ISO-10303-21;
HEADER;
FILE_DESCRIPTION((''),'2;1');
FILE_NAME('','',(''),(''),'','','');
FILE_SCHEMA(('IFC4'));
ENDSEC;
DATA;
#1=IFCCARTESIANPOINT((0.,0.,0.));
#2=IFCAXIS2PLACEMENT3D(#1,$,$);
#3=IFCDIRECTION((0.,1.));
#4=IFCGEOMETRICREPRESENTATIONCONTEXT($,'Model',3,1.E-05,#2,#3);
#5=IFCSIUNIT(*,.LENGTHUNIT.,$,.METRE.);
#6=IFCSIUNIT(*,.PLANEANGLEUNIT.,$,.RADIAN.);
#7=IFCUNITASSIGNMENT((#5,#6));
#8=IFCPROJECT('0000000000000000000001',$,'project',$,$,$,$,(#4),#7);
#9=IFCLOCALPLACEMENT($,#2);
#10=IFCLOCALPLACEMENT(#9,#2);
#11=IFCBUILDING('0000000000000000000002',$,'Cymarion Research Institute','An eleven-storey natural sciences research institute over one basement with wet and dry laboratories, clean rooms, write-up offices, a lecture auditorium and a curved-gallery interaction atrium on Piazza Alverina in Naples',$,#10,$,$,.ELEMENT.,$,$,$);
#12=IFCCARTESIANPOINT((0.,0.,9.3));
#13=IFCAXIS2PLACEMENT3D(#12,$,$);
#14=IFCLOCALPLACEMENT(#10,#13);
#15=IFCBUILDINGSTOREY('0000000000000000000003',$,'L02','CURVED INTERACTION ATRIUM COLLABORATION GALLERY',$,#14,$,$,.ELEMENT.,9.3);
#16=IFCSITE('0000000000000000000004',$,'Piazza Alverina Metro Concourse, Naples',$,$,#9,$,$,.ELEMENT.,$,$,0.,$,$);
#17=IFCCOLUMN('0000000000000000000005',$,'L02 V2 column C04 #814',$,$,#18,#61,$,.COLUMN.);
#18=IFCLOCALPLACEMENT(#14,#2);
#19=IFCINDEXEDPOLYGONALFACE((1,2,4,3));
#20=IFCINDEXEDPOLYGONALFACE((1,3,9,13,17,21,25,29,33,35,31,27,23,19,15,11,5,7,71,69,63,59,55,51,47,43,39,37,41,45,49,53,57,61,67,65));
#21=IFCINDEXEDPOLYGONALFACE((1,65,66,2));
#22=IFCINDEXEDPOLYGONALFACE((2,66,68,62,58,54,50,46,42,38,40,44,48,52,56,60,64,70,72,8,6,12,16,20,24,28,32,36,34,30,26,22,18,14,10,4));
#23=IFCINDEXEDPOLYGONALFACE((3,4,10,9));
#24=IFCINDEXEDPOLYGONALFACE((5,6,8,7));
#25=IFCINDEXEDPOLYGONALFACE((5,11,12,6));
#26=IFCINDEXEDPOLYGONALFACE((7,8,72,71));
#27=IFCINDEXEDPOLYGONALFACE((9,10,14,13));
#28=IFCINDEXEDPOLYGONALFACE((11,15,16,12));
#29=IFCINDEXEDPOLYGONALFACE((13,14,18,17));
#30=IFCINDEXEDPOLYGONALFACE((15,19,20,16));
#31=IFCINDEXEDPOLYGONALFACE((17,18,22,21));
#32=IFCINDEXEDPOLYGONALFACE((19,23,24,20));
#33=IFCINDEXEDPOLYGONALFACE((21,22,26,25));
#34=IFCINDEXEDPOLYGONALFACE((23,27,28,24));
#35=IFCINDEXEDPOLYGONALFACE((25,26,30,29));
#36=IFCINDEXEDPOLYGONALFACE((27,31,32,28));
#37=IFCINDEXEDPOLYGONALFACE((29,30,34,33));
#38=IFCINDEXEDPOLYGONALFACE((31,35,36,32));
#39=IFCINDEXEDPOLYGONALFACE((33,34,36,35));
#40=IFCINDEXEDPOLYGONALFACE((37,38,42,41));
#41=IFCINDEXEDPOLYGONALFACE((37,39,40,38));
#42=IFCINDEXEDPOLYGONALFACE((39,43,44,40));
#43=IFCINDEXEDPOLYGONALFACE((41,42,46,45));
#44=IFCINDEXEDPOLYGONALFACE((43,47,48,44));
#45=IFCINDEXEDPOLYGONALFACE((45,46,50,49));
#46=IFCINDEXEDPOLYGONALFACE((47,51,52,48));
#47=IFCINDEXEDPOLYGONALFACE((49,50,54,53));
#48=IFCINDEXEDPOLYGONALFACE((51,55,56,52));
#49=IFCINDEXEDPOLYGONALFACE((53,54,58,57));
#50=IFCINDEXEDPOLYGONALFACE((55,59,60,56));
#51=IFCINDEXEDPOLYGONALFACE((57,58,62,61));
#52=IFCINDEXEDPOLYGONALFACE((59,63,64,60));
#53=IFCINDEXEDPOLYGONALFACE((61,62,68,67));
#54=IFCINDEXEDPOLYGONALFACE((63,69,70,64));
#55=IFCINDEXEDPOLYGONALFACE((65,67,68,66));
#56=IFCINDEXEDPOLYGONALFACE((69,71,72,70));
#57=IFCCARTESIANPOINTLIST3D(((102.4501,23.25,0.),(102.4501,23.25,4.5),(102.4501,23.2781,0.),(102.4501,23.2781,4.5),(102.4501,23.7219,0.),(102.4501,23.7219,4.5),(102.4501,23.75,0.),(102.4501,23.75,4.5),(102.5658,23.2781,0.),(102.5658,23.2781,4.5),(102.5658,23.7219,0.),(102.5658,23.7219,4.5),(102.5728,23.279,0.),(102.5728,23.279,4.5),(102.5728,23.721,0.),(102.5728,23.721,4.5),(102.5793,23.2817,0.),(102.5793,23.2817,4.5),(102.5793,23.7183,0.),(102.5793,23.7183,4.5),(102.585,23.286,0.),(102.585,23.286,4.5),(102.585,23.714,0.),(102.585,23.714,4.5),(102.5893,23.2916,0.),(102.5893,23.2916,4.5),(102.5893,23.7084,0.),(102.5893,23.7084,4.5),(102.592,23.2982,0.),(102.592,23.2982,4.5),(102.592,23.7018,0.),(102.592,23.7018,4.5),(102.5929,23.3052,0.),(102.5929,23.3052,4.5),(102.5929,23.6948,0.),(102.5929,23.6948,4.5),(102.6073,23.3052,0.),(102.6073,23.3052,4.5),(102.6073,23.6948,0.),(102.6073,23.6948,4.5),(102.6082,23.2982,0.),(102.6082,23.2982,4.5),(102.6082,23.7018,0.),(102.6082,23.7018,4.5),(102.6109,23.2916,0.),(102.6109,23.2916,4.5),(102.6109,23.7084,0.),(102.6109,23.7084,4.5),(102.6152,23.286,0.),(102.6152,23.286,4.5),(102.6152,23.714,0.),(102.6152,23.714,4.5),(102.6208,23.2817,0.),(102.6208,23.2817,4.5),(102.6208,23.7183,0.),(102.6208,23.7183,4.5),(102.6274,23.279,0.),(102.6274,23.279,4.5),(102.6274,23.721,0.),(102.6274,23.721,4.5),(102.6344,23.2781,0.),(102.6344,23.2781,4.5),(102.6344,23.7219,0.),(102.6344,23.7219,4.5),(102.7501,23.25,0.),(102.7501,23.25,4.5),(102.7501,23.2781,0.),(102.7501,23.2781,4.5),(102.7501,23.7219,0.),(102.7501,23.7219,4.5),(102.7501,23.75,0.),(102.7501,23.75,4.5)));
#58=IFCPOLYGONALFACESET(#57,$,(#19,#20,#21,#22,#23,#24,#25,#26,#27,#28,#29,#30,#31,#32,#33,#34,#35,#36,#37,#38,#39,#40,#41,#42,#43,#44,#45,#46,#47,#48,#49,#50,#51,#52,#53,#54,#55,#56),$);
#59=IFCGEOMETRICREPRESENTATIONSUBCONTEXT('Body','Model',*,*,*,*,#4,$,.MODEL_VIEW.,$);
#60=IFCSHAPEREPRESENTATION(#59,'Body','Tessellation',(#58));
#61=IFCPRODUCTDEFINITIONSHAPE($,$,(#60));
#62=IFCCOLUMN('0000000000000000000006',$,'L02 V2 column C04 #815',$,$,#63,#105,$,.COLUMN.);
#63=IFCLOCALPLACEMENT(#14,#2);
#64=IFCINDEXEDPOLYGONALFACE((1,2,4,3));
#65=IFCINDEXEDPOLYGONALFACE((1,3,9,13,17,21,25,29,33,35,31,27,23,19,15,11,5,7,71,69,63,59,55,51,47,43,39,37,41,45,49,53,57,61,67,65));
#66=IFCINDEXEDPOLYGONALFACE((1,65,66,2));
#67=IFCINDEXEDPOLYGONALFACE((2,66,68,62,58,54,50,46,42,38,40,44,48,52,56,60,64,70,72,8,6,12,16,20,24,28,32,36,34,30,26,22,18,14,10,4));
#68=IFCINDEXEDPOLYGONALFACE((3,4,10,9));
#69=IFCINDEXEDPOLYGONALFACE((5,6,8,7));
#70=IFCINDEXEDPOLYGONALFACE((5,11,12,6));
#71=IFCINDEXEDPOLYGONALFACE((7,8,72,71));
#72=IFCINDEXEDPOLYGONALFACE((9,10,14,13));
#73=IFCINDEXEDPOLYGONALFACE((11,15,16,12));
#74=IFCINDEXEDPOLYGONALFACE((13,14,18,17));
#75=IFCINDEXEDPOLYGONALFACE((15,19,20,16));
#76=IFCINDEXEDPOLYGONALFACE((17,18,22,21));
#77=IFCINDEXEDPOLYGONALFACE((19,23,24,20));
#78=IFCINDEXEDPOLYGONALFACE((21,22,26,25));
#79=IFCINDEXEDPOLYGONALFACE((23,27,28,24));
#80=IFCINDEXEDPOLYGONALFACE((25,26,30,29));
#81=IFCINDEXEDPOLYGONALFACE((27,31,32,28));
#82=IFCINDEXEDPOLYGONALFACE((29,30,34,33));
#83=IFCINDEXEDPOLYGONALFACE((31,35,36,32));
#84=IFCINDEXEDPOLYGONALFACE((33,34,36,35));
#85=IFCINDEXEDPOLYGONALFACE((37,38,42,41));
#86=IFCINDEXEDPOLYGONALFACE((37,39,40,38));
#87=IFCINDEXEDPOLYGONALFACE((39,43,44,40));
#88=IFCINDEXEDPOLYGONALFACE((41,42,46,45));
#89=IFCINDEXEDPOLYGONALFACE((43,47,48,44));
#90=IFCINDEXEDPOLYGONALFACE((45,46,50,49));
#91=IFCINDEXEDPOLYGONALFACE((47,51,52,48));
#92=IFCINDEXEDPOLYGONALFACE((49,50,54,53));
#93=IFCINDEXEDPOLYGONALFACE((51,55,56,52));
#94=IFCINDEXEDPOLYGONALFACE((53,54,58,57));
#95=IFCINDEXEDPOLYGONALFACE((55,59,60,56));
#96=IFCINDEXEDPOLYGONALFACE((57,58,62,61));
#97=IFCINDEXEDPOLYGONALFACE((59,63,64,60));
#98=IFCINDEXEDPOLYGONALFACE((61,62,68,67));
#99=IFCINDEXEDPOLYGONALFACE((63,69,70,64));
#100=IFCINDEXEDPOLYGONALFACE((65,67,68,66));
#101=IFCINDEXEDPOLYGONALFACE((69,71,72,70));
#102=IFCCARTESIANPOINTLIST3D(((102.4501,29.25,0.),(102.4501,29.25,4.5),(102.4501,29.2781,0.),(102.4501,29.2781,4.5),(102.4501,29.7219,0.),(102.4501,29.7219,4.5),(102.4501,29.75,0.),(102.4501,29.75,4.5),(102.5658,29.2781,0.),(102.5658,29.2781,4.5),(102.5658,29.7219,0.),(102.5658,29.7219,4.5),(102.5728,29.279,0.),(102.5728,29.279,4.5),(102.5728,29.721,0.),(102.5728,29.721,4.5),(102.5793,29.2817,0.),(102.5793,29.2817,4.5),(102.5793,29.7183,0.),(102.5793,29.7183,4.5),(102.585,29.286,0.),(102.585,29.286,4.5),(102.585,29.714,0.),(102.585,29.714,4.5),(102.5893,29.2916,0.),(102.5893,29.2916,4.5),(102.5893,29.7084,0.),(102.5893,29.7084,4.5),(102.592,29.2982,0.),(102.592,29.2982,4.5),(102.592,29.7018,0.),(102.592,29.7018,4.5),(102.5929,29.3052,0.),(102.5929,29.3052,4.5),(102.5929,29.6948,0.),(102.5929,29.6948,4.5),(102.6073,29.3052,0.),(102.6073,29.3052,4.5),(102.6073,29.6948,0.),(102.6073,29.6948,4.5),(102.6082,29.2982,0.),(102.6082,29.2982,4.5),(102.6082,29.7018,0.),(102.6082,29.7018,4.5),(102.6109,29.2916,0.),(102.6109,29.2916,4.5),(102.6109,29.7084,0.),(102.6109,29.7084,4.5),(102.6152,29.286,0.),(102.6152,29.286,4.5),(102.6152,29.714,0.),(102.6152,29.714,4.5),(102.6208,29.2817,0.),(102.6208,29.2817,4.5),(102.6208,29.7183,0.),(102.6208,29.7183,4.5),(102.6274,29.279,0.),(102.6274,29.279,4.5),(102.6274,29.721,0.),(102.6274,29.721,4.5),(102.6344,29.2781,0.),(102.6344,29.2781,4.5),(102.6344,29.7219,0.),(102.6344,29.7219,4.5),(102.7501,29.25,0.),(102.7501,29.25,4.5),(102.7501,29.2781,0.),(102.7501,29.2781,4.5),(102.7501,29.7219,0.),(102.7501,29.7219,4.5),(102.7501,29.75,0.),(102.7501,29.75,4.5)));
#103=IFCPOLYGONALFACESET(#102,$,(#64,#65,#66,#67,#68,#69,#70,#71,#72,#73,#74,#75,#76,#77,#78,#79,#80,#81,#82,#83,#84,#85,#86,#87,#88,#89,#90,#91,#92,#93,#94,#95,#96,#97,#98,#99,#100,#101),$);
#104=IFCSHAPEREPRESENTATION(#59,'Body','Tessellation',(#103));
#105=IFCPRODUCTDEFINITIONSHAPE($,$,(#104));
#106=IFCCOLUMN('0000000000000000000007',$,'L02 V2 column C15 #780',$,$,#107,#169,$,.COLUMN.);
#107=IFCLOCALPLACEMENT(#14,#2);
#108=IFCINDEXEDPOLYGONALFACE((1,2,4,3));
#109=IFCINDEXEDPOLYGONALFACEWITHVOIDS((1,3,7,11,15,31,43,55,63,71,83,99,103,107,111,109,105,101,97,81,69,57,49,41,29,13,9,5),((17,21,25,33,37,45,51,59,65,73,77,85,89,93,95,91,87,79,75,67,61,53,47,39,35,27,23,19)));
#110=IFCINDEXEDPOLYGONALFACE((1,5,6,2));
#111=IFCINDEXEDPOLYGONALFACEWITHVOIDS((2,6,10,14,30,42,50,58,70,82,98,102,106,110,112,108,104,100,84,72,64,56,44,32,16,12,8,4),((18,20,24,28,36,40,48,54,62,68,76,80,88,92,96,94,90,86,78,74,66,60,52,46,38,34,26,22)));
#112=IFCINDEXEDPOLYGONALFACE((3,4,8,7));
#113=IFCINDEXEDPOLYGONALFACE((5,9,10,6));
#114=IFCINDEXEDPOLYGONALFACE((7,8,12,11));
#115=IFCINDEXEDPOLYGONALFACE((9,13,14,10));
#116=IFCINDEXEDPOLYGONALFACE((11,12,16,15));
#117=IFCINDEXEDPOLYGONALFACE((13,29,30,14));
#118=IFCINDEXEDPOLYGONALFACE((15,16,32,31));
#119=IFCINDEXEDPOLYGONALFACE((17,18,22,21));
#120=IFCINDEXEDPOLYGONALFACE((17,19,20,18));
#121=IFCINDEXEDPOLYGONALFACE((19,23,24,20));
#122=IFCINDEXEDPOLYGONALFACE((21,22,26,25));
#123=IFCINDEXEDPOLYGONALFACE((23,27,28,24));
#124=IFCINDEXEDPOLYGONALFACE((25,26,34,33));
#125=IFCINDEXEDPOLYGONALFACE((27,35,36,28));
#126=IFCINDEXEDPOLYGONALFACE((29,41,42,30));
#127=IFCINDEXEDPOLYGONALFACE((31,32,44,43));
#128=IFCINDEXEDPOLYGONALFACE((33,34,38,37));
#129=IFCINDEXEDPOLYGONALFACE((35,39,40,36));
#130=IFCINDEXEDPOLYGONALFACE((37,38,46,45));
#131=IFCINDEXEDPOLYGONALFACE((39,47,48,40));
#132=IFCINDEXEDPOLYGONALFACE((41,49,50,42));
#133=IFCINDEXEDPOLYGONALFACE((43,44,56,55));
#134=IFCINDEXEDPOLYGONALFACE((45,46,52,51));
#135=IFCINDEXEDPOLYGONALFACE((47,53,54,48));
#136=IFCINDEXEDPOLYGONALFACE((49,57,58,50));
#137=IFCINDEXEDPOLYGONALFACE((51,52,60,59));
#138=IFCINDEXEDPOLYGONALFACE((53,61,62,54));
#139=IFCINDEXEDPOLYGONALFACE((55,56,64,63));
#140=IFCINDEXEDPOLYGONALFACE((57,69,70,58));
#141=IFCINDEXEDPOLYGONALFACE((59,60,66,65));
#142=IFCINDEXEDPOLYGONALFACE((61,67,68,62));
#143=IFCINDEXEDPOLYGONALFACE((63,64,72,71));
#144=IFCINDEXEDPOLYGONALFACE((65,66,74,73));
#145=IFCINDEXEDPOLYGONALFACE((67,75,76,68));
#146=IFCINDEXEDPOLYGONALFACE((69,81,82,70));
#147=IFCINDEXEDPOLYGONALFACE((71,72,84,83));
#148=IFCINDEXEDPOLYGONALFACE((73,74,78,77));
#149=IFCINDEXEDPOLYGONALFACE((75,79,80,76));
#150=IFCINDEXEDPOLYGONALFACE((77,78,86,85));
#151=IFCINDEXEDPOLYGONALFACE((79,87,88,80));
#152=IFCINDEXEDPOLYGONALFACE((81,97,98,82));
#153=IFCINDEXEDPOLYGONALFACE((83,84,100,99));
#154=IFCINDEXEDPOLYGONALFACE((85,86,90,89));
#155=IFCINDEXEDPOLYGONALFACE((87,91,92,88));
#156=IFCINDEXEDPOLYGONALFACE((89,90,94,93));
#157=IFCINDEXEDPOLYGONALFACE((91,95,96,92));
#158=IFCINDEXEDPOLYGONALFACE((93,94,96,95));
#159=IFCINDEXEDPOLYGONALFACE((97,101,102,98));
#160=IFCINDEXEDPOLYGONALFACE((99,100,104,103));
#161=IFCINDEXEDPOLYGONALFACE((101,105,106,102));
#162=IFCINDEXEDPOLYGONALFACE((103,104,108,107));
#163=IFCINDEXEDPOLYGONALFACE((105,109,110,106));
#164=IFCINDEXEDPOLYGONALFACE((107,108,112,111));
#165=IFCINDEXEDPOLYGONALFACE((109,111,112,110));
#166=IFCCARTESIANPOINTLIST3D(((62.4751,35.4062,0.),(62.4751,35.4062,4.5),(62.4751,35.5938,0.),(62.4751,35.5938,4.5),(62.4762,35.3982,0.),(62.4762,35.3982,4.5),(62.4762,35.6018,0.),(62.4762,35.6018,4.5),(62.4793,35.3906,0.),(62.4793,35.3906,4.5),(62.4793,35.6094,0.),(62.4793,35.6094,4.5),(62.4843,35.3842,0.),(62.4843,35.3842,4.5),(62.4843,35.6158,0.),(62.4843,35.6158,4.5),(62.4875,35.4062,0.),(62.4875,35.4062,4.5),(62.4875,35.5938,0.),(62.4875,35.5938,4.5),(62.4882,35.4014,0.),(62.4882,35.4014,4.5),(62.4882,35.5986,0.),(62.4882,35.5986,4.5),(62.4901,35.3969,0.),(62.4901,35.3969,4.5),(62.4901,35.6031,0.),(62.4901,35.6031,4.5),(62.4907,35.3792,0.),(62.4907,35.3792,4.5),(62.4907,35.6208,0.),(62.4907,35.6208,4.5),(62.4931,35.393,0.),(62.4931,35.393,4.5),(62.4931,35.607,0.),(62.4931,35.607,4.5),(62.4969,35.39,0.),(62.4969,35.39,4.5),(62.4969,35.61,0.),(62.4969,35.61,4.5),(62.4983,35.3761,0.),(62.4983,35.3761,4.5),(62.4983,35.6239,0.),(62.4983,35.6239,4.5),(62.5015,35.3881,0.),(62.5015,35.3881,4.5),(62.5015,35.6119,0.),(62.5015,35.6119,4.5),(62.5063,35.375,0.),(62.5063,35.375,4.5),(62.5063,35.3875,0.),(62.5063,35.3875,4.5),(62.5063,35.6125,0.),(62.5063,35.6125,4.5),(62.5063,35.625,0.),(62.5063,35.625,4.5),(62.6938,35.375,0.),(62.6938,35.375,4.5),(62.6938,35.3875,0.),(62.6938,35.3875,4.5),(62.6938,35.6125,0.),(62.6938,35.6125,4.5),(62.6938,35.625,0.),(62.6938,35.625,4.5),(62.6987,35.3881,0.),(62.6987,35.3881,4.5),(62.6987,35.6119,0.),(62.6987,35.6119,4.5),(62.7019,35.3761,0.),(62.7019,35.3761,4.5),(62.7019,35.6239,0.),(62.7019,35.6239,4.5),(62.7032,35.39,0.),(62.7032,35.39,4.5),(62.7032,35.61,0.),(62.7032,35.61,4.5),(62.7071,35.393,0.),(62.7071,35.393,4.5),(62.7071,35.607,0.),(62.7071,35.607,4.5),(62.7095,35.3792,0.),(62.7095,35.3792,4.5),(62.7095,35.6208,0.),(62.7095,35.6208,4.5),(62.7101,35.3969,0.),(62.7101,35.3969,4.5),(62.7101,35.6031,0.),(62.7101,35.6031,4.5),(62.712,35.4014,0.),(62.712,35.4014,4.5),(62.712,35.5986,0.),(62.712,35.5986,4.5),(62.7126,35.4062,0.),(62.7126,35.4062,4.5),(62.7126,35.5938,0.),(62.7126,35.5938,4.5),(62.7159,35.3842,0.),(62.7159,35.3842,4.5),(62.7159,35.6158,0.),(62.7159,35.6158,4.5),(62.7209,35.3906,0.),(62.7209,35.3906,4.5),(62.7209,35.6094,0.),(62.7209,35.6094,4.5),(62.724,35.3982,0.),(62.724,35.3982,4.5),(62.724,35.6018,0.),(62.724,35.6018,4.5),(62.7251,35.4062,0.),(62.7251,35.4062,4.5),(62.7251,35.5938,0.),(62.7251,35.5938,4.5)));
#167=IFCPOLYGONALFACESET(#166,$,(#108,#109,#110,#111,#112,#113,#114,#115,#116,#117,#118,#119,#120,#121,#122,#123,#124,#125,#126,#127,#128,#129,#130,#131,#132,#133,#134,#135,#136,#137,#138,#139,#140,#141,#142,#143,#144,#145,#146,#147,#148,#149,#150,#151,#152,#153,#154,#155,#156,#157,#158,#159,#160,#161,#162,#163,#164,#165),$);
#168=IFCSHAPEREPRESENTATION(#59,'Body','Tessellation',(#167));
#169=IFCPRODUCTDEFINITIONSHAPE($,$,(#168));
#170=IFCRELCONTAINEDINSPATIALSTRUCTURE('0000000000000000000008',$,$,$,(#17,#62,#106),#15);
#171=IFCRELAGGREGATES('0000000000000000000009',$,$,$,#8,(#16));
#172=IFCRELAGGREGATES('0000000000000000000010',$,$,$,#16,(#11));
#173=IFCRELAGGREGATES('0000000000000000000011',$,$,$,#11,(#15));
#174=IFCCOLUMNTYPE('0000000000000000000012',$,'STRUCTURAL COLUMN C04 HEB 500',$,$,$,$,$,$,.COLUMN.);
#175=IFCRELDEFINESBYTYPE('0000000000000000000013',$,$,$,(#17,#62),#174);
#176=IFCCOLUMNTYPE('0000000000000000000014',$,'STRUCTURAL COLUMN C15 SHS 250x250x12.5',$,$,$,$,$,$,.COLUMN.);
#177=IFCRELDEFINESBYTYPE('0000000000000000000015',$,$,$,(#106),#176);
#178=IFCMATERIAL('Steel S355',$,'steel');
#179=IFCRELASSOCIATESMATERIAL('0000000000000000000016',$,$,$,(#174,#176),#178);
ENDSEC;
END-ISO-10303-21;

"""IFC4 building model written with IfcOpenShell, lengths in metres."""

from ifc_helpers import new_model, si_unit, direction, frame, origin, origin_2d, place, context, subcontext, project, spatial, hollow_rectangle, i_section, extrude, material, material_profile, profile_set, type_object, element, save


model = new_model("IFC4")

# Units and contexts
model_context = context("Model", 3, precision=1e-05, world=origin(), true_north=direction((0.0, 1.0)))
body_context = subcontext(model_context, "Body", "Model", "MODEL_VIEW")
ifc_project = project(units=[si_unit("LENGTHUNIT", "METRE"), si_unit("PLANEANGLEUNIT", "RADIAN")], contexts=[model_context])

# Site, building, storey
site_placement = place(None, origin())
site = spatial("IfcSite", under=ifc_project, at=site_placement, Name="Piazza Alverina Metro Concourse, Naples", CompositionType="ELEMENT", RefElevation=0.0)
building_placement = place(site_placement, origin())
building = spatial("IfcBuilding", under=site, at=building_placement, Name="Cymarion Research Institute", Description="An eleven-storey natural sciences research institute over one basement with wet and dry laboratories, clean rooms, write-up offices, a lecture auditorium and a curved-gallery interaction atrium on Piazza Alverina in Naples", CompositionType="ELEMENT")
storey_placement = place(building_placement, frame((0.0, 0.0, 9.3)))
storey = spatial("IfcBuildingStorey", under=building, at=storey_placement, Name="L02", Description="CURVED INTERACTION ATRIUM COLLABORATION GALLERY", CompositionType="ELEMENT", Elevation=9.3)

# Columns
ifc_material_1 = material(Name="Steel S355", Category="steel")
ifc_material_profile_1 = material_profile(ifc_material_1, i_section(OverallWidth=0.3, OverallDepth=0.5, WebThickness=0.0144, FlangeThickness=0.0281, FilletRadius=0.0271, at=origin_2d()), Name="HEB 500")
ifc_profile_set_1 = profile_set([ifc_material_profile_1], Name="Steel S355")
column_type_1 = type_object("IfcColumnType", Name="STRUCTURAL COLUMN C04 HEB 500", PredefinedType="COLUMN", material=ifc_profile_set_1)
for number, where, z_axis, x_axis, name in (
    (1, (102.6001, 23.5, 0.0), (0.0, 0.0, 1.0), (1.0, 0.0, 0.0), "L02 V2 column C04 #814"),
    (2, (102.6001, 29.5, 0.0), (0.0, 0.0, 1.0), (1.0, 0.0, 0.0), "L02 V2 column C04 #815"),
):
    element("IfcColumn", number, at=place(storey_placement, frame(where, z_axis=z_axis, x_axis=x_axis)), inside=storey, type_object=column_type_1, Name=name, PredefinedType="COLUMN", context=body_context, shape_type="SweptSolid", body=[
        extrude(i_section(OverallWidth=0.3, OverallDepth=0.5, WebThickness=0.0144, FlangeThickness=0.0281, FilletRadius=0.0271, at=origin_2d()), origin(), (0.0, 0.0, 1.0), 4.5),
    ])
ifc_material_profile_2 = material_profile(ifc_material_1, hollow_rectangle(XDim=0.25, YDim=0.25, WallThickness=0.0125, InnerFilletRadius=0.0188, OuterFilletRadius=0.0312, at=origin_2d()), Name="SHS 250x250x12.5")
ifc_profile_set_2 = profile_set([ifc_material_profile_2], Name="Steel S355")
column_type_2 = type_object("IfcColumnType", Name="STRUCTURAL COLUMN C15 SHS 250x250x12.5", PredefinedType="COLUMN", material=ifc_profile_set_2)
for number, where, z_axis, x_axis, name in (
    (3, (62.6001, 35.5, 0.0), (0.0, 0.0, 1.0), (1.0, 0.0, 0.0), "L02 V2 column C15 #780"),
):
    element("IfcColumn", number, at=place(storey_placement, frame(where, z_axis=z_axis, x_axis=x_axis)), inside=storey, type_object=column_type_2, Name=name, PredefinedType="COLUMN", context=body_context, shape_type="SweptSolid", body=[
        extrude(hollow_rectangle(XDim=0.25, YDim=0.25, WallThickness=0.0125, InnerFilletRadius=0.0188, OuterFilletRadius=0.0312, at=origin_2d()), origin(), (0.0, 0.0, 1.0), 4.5),
    ])

save(model, "model.ifc")
